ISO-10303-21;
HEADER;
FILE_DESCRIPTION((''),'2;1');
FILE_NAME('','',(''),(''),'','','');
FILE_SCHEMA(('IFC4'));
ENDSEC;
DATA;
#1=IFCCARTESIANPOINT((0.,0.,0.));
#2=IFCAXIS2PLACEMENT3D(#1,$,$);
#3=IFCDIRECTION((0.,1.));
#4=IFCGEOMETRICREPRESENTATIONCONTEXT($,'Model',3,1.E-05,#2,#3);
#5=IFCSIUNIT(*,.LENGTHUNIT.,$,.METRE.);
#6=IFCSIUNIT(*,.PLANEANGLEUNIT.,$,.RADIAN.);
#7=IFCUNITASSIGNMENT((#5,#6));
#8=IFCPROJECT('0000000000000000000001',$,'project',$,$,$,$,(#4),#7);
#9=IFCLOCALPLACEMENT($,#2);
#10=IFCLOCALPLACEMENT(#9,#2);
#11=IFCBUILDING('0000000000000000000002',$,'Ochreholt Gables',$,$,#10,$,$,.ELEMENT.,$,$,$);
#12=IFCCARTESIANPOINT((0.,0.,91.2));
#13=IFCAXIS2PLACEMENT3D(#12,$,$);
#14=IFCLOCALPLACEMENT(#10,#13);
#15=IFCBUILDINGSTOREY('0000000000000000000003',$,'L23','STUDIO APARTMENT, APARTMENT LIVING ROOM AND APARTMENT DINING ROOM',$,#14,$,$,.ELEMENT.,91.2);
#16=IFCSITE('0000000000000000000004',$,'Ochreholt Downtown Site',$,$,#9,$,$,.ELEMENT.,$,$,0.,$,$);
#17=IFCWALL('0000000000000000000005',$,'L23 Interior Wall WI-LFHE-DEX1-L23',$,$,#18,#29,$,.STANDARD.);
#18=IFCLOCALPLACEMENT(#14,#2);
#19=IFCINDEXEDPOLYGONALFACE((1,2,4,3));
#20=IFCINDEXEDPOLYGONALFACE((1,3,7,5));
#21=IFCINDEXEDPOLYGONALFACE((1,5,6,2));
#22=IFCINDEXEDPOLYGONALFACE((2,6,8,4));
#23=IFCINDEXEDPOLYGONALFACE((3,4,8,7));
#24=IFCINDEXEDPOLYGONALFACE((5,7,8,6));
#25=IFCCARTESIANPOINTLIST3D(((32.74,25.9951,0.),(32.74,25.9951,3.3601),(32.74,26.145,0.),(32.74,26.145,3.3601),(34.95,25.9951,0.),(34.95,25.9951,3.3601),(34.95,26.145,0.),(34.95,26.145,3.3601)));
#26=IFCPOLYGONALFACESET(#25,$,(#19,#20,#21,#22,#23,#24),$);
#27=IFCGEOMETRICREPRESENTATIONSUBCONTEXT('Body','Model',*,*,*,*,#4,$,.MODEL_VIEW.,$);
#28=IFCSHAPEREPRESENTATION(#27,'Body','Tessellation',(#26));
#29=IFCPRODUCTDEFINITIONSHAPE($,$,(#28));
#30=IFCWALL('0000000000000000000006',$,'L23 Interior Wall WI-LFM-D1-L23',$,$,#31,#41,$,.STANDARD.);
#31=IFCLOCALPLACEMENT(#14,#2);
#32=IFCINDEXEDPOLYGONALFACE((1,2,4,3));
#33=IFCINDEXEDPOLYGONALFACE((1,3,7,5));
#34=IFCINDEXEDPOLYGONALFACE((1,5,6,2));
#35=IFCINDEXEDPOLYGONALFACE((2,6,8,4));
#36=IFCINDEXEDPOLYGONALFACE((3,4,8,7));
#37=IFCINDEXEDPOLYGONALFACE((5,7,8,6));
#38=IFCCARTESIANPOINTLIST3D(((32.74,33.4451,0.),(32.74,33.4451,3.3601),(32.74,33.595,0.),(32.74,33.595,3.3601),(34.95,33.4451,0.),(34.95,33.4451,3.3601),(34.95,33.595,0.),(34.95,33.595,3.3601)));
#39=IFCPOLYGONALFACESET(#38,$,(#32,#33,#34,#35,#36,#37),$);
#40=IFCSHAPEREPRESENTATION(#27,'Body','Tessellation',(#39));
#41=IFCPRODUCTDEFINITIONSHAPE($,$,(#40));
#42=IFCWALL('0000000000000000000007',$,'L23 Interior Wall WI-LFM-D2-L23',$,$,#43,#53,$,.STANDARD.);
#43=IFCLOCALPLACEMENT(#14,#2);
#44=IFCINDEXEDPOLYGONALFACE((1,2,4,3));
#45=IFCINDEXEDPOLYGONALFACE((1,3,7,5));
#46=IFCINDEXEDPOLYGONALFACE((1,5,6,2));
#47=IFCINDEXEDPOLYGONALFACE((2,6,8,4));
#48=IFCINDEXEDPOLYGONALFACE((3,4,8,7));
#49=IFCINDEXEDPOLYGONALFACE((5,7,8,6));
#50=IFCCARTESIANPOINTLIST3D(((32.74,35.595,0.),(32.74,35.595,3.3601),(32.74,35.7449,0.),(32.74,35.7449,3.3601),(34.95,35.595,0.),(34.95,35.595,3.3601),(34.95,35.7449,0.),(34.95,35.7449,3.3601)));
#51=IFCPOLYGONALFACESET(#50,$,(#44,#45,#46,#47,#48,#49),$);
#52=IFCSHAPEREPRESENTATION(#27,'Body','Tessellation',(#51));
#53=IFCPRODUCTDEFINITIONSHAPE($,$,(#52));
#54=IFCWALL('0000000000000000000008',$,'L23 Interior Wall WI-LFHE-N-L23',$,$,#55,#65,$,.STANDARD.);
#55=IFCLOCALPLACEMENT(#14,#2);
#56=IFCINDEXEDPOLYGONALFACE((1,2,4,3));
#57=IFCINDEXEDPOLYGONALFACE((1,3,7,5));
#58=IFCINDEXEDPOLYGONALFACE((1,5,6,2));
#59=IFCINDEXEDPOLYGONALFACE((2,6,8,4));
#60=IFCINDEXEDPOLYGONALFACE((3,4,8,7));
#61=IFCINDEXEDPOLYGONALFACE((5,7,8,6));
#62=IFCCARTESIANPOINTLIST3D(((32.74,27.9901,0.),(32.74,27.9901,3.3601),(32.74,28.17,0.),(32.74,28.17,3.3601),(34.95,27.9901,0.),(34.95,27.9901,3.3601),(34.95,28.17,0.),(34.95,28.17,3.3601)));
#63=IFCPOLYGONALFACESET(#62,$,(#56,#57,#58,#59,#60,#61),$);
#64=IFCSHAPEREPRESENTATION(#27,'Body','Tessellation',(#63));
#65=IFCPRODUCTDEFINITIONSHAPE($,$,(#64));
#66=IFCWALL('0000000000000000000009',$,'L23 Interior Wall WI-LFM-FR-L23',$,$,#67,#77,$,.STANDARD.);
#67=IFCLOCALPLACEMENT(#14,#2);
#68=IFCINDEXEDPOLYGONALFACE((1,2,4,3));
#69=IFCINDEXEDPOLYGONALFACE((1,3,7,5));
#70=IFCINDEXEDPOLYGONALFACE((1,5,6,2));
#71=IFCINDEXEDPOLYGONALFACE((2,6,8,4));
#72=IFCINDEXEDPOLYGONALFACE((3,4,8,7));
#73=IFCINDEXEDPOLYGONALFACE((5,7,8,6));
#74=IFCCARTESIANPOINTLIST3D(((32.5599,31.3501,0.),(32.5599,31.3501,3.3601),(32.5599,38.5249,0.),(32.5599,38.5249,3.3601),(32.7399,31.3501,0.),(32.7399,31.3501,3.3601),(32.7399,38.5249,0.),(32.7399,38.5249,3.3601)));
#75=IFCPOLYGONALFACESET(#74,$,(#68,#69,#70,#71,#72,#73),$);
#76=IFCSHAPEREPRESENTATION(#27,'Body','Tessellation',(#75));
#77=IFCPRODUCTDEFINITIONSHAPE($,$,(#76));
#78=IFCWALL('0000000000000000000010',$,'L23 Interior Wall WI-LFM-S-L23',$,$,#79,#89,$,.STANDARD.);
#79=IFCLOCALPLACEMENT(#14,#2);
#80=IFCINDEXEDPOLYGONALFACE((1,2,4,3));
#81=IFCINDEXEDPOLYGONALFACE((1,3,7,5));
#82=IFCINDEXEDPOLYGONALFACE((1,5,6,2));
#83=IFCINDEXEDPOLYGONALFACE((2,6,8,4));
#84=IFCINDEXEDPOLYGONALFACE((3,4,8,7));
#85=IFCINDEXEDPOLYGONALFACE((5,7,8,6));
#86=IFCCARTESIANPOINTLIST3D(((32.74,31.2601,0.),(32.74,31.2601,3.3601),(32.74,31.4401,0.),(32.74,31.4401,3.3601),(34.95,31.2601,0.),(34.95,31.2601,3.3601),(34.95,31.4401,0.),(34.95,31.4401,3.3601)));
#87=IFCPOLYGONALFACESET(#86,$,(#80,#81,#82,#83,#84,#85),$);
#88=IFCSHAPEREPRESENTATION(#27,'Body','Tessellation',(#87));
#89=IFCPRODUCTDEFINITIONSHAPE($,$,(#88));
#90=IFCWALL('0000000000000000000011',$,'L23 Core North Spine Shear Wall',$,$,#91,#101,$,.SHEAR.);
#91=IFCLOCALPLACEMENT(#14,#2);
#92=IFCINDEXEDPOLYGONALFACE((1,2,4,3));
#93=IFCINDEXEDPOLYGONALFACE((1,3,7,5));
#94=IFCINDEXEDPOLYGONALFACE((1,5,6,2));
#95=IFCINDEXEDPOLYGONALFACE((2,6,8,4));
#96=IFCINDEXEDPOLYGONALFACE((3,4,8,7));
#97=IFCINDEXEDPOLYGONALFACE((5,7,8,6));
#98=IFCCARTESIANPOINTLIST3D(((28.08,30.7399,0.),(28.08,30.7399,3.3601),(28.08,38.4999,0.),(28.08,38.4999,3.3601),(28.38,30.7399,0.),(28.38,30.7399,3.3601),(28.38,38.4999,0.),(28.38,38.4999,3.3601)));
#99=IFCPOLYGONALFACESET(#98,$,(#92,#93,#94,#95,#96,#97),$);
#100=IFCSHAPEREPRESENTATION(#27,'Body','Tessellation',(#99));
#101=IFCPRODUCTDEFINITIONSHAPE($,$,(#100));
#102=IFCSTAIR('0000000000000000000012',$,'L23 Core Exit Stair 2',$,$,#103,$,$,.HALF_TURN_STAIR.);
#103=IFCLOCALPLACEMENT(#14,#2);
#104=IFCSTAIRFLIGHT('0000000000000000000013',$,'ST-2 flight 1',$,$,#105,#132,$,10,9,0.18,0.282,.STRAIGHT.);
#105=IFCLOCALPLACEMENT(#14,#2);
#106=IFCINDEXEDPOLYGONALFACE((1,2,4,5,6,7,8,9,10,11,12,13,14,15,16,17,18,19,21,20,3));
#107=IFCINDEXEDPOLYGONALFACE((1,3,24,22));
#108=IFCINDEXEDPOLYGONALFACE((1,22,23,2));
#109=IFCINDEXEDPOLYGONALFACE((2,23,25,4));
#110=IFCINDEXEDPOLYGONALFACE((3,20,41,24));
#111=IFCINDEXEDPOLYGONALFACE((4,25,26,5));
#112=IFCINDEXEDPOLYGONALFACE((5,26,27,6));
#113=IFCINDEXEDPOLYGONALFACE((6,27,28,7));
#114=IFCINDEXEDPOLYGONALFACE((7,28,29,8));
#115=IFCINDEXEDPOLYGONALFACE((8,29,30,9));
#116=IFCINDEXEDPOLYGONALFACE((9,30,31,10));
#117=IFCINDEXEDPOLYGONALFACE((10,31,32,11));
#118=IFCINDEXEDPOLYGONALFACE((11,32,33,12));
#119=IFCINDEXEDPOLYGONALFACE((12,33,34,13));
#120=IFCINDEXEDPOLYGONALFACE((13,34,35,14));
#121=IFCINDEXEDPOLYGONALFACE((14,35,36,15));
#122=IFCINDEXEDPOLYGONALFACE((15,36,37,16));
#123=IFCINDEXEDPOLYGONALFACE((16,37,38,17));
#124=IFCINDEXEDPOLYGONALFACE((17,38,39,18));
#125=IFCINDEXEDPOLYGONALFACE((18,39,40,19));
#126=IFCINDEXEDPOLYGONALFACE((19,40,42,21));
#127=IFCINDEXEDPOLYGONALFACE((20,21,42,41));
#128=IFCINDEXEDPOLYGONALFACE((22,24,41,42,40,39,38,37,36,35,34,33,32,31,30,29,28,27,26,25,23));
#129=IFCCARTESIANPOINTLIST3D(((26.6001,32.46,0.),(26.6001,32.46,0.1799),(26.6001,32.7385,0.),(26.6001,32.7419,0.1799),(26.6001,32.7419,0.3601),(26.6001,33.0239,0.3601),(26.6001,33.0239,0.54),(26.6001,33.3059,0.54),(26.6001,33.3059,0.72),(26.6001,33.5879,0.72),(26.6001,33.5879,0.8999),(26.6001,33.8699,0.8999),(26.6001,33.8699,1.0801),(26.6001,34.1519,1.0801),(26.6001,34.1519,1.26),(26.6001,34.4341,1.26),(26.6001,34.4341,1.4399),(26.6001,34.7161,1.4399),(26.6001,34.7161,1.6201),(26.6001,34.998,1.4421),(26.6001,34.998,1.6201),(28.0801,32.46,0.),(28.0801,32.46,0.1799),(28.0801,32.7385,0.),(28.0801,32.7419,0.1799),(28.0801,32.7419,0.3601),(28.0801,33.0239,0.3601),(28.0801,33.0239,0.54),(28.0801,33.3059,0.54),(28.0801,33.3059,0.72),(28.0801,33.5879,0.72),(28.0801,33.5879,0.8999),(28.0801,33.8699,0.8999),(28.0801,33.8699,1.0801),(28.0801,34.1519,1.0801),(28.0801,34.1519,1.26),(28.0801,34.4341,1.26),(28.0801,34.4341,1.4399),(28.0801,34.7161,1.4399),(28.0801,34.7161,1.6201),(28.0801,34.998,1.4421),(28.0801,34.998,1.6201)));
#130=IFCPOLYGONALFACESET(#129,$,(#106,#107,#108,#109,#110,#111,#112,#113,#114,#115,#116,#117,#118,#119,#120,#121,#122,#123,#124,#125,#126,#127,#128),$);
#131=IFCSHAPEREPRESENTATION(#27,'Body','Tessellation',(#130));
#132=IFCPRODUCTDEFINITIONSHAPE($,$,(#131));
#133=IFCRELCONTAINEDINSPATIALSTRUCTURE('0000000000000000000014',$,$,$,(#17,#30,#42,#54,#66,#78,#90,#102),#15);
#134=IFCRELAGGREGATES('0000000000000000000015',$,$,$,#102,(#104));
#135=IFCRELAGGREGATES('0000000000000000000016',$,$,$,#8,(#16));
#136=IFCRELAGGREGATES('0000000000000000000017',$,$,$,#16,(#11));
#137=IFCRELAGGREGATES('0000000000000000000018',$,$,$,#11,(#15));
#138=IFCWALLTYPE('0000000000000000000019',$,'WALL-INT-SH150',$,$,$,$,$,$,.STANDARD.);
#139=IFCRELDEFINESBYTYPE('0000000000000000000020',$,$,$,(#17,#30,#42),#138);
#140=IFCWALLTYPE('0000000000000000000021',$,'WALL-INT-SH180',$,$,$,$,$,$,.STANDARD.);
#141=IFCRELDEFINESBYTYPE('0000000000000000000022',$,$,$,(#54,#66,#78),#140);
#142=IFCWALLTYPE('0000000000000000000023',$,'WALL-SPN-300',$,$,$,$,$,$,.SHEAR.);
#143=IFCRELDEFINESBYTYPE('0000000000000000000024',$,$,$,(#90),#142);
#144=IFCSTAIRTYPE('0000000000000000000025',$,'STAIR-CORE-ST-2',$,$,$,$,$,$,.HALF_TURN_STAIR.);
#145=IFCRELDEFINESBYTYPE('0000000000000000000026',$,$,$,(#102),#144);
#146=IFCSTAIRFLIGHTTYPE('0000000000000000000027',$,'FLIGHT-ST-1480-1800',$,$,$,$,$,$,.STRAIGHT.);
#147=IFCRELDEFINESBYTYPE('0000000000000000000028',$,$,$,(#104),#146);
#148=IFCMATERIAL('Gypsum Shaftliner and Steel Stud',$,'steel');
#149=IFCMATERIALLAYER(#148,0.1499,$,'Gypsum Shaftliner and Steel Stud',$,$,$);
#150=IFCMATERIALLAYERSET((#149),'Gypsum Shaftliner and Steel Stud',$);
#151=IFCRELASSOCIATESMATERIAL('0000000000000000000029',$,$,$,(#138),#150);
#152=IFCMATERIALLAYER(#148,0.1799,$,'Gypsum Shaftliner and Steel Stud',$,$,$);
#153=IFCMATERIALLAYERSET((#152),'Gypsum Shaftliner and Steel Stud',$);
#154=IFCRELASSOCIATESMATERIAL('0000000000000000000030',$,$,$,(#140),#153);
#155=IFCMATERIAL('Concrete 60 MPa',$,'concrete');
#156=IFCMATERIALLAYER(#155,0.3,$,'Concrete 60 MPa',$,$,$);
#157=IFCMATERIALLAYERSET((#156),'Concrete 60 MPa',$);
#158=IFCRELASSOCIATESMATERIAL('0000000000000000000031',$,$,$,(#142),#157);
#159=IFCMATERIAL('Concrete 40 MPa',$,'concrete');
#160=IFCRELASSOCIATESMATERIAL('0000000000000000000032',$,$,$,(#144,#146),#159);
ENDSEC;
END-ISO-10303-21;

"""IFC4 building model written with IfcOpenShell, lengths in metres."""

from ifc_helpers import new_model, si_unit, direction, frame, frame_2d, origin, place, context, subcontext, project, spatial, polyline, rectangle, outline, extrude, material, layer, layer_set, type_object, element, aggregate, save


model = new_model("IFC4")

# Units and contexts
model_context = context("Model", 3, precision=1e-05, world=origin(), true_north=direction((0.0, 1.0)))
body_context = subcontext(model_context, "Body", "Model", "MODEL_VIEW")
ifc_project = project(units=[si_unit("LENGTHUNIT", "METRE"), si_unit("PLANEANGLEUNIT", "RADIAN")], contexts=[model_context])

# Site, building, storey
site_placement = place(None, origin())
site = spatial("IfcSite", under=ifc_project, at=site_placement, Name="Ochreholt Downtown Site", CompositionType="ELEMENT", RefElevation=0.0)
building_placement = place(site_placement, origin())
building = spatial("IfcBuilding", under=site, at=building_placement, Name="Ochreholt Gables", CompositionType="ELEMENT")
storey_placement = place(building_placement, frame((0.0, 0.0, 91.2)))
storey = spatial("IfcBuildingStorey", under=building, at=storey_placement, Name="L23", Description="STUDIO APARTMENT, APARTMENT LIVING ROOM AND APARTMENT DINING ROOM", CompositionType="ELEMENT", Elevation=91.2)

# Shared definitions
ifc_material_1 = material(Name="Concrete 60 MPa", Category="concrete")

# Shared definitions
ifc_material_2 = material(Name="Concrete 40 MPa", Category="concrete")

# Walls
ifc_material_3 = material(Name="Gypsum Shaftliner and Steel Stud", Category="steel")
ifc_layer_1 = layer(ifc_material_3, 0.1499, Name="Gypsum Shaftliner and Steel Stud")
ifc_layer_set_1 = layer_set([ifc_layer_1], Name="Gypsum Shaftliner and Steel Stud")
wall_type_1 = type_object("IfcWallType", Name="WALL-INT-SH150", PredefinedType="STANDARD", material=ifc_layer_set_1)
for number, where, z_axis, x_axis, name in (
    (1, (32.74, 26.0701, 0.0), (0.0, 0.0, 1.0), (1.0, 0.0, 0.0), "L23 Interior Wall WI-LFHE-DEX1-L23"),
    (2, (32.74, 33.52, 0.0), (0.0, 0.0, 1.0), (1.0, 0.0, 0.0), "L23 Interior Wall WI-LFM-D1-L23"),
    (3, (32.74, 35.6699, 0.0), (0.0, 0.0, 1.0), (1.0, 0.0, 0.0), "L23 Interior Wall WI-LFM-D2-L23"),
):
    element("IfcWall", number, at=place(storey_placement, frame(where, z_axis=z_axis, x_axis=x_axis)), inside=storey, type_object=wall_type_1, Name=name, PredefinedType="STANDARD", context=body_context, shape_type="SweptSolid", body=[
        extrude(rectangle(XDim=2.21, YDim=0.1499, at=frame_2d((1.105, 0.0))), origin(), (0.0, 0.0, 1.0), 3.3601),
    ])
ifc_layer_2 = layer(ifc_material_3, 0.1799, Name="Gypsum Shaftliner and Steel Stud")
ifc_layer_set_2 = layer_set([ifc_layer_2], Name="Gypsum Shaftliner and Steel Stud")
wall_type_2 = type_object("IfcWallType", Name="WALL-INT-SH180", PredefinedType="STANDARD", material=ifc_layer_set_2)
wall_1_placement = place(storey_placement, frame((32.74, 28.0801, 0.0), z_axis=(0.0, 0.0, 1.0), x_axis=(1.0, 0.0, 0.0)))
element("IfcWall", 4, at=wall_1_placement, inside=storey, type_object=wall_type_2, Name="L23 Interior Wall WI-LFHE-N-L23", PredefinedType="STANDARD", context=body_context, shape_type="SweptSolid", body=[
    extrude(rectangle(XDim=2.21, YDim=0.1799, at=frame_2d((1.105, 0.0))), origin(), (0.0, 0.0, 1.0), 3.3601),
])
wall_2_placement = place(storey_placement, frame((32.6499, 31.3501, 0.0), z_axis=(0.0, 0.0, 1.0), x_axis=(0.0, 1.0, 0.0)))
element("IfcWall", 5, at=wall_2_placement, inside=storey, type_object=wall_type_2, Name="L23 Interior Wall WI-LFM-FR-L23", PredefinedType="STANDARD", context=body_context, shape_type="SweptSolid", body=[
    extrude(rectangle(XDim=7.1748, YDim=0.1799, at=frame_2d((3.5874, 0.0))), origin(), (0.0, 0.0, 1.0), 3.3601),
])
wall_3_placement = place(storey_placement, frame((32.74, 31.3501, 0.0), z_axis=(0.0, 0.0, 1.0), x_axis=(1.0, 0.0, 0.0)))
element("IfcWall", 6, at=wall_3_placement, inside=storey, type_object=wall_type_2, Name="L23 Interior Wall WI-LFM-S-L23", PredefinedType="STANDARD", context=body_context, shape_type="SweptSolid", body=[
    extrude(rectangle(XDim=2.21, YDim=0.1799, at=frame_2d((1.105, 0.0))), origin(), (0.0, 0.0, 1.0), 3.3601),
])
ifc_layer_3 = layer(ifc_material_1, 0.3, Name="Concrete 60 MPa")
ifc_layer_set_3 = layer_set([ifc_layer_3], Name="Concrete 60 MPa")
wall_type_3 = type_object("IfcWallType", Name="WALL-SPN-300", PredefinedType="SHEAR", material=ifc_layer_set_3)
wall_4_placement = place(storey_placement, frame((28.23, 30.74, 0.0), z_axis=(0.0, 0.0, 1.0), x_axis=(0.0, 1.0, 0.0)))
element("IfcWall", 7, at=wall_4_placement, inside=storey, type_object=wall_type_3, Name="L23 Core North Spine Shear Wall", PredefinedType="SHEAR", context=body_context, shape_type="SweptSolid", body=[
    extrude(rectangle(XDim=7.76, YDim=0.3, at=frame_2d((3.8799, 0.0))), origin(), (0.0, 0.0, 1.0), 3.3601),
])

# Stair, stair flight
stair_type = type_object("IfcStairType", Name="STAIR-CORE-ST-2", PredefinedType="HALF_TURN_STAIR", material=ifc_material_2)
stair_placement = place(storey_placement, origin())
stair = element("IfcStair", 8, at=stair_placement, inside=storey, type_object=stair_type, Name="L23 Core Exit Stair 2", PredefinedType="HALF_TURN_STAIR")
stair_flight_type = type_object("IfcStairFlightType", Name="FLIGHT-ST-1480-1800", PredefinedType="STRAIGHT", material=ifc_material_2)
stair_flight_placement = place(storey_placement, frame((27.3401, 32.46, 0.0), z_axis=(0.0, 0.0, 1.0), x_axis=(0.0, 1.0, 0.0)))
stair_flight = element("IfcStairFlight", 9, at=stair_flight_placement, type_object=stair_flight_type, Name="ST-2 flight 1", NumberOfRisers=10, NumberOfTreads=9, PredefinedType="STRAIGHT", RiserHeight=0.18, TreadLength=0.282, context=body_context, shape_type="SweptSolid", body=[
    extrude(outline(polyline([(0.0, 0.0), (0.0, 0.1799), (0.282, 0.1799), (0.282, 0.3601), (0.564, 0.3601), (0.564, 0.54), (0.8459, 0.54), (0.8459, 0.72), (1.1279, 0.72), (1.1279, 0.8999), (1.4099, 0.8999), (1.4099, 1.0801), (1.6919, 1.0801), (1.6919, 1.26), (1.9741, 1.26), (1.9741, 1.4399), (2.2561, 1.4399), (2.2561, 1.6201), (2.5381, 1.6201), (2.5381, 1.8), (2.5381, 1.4421), (0.2786, 0.0), (0.0, 0.0)])), frame((0.0, 0.74, 0.0), z_axis=(0.0, -1.0, 0.0), x_axis=(1.0, 0.0, 0.0)), (0.0, 0.0, 1.0), 1.48),
])
aggregate(stair, [stair_flight])

save(model, "model.ifc")
